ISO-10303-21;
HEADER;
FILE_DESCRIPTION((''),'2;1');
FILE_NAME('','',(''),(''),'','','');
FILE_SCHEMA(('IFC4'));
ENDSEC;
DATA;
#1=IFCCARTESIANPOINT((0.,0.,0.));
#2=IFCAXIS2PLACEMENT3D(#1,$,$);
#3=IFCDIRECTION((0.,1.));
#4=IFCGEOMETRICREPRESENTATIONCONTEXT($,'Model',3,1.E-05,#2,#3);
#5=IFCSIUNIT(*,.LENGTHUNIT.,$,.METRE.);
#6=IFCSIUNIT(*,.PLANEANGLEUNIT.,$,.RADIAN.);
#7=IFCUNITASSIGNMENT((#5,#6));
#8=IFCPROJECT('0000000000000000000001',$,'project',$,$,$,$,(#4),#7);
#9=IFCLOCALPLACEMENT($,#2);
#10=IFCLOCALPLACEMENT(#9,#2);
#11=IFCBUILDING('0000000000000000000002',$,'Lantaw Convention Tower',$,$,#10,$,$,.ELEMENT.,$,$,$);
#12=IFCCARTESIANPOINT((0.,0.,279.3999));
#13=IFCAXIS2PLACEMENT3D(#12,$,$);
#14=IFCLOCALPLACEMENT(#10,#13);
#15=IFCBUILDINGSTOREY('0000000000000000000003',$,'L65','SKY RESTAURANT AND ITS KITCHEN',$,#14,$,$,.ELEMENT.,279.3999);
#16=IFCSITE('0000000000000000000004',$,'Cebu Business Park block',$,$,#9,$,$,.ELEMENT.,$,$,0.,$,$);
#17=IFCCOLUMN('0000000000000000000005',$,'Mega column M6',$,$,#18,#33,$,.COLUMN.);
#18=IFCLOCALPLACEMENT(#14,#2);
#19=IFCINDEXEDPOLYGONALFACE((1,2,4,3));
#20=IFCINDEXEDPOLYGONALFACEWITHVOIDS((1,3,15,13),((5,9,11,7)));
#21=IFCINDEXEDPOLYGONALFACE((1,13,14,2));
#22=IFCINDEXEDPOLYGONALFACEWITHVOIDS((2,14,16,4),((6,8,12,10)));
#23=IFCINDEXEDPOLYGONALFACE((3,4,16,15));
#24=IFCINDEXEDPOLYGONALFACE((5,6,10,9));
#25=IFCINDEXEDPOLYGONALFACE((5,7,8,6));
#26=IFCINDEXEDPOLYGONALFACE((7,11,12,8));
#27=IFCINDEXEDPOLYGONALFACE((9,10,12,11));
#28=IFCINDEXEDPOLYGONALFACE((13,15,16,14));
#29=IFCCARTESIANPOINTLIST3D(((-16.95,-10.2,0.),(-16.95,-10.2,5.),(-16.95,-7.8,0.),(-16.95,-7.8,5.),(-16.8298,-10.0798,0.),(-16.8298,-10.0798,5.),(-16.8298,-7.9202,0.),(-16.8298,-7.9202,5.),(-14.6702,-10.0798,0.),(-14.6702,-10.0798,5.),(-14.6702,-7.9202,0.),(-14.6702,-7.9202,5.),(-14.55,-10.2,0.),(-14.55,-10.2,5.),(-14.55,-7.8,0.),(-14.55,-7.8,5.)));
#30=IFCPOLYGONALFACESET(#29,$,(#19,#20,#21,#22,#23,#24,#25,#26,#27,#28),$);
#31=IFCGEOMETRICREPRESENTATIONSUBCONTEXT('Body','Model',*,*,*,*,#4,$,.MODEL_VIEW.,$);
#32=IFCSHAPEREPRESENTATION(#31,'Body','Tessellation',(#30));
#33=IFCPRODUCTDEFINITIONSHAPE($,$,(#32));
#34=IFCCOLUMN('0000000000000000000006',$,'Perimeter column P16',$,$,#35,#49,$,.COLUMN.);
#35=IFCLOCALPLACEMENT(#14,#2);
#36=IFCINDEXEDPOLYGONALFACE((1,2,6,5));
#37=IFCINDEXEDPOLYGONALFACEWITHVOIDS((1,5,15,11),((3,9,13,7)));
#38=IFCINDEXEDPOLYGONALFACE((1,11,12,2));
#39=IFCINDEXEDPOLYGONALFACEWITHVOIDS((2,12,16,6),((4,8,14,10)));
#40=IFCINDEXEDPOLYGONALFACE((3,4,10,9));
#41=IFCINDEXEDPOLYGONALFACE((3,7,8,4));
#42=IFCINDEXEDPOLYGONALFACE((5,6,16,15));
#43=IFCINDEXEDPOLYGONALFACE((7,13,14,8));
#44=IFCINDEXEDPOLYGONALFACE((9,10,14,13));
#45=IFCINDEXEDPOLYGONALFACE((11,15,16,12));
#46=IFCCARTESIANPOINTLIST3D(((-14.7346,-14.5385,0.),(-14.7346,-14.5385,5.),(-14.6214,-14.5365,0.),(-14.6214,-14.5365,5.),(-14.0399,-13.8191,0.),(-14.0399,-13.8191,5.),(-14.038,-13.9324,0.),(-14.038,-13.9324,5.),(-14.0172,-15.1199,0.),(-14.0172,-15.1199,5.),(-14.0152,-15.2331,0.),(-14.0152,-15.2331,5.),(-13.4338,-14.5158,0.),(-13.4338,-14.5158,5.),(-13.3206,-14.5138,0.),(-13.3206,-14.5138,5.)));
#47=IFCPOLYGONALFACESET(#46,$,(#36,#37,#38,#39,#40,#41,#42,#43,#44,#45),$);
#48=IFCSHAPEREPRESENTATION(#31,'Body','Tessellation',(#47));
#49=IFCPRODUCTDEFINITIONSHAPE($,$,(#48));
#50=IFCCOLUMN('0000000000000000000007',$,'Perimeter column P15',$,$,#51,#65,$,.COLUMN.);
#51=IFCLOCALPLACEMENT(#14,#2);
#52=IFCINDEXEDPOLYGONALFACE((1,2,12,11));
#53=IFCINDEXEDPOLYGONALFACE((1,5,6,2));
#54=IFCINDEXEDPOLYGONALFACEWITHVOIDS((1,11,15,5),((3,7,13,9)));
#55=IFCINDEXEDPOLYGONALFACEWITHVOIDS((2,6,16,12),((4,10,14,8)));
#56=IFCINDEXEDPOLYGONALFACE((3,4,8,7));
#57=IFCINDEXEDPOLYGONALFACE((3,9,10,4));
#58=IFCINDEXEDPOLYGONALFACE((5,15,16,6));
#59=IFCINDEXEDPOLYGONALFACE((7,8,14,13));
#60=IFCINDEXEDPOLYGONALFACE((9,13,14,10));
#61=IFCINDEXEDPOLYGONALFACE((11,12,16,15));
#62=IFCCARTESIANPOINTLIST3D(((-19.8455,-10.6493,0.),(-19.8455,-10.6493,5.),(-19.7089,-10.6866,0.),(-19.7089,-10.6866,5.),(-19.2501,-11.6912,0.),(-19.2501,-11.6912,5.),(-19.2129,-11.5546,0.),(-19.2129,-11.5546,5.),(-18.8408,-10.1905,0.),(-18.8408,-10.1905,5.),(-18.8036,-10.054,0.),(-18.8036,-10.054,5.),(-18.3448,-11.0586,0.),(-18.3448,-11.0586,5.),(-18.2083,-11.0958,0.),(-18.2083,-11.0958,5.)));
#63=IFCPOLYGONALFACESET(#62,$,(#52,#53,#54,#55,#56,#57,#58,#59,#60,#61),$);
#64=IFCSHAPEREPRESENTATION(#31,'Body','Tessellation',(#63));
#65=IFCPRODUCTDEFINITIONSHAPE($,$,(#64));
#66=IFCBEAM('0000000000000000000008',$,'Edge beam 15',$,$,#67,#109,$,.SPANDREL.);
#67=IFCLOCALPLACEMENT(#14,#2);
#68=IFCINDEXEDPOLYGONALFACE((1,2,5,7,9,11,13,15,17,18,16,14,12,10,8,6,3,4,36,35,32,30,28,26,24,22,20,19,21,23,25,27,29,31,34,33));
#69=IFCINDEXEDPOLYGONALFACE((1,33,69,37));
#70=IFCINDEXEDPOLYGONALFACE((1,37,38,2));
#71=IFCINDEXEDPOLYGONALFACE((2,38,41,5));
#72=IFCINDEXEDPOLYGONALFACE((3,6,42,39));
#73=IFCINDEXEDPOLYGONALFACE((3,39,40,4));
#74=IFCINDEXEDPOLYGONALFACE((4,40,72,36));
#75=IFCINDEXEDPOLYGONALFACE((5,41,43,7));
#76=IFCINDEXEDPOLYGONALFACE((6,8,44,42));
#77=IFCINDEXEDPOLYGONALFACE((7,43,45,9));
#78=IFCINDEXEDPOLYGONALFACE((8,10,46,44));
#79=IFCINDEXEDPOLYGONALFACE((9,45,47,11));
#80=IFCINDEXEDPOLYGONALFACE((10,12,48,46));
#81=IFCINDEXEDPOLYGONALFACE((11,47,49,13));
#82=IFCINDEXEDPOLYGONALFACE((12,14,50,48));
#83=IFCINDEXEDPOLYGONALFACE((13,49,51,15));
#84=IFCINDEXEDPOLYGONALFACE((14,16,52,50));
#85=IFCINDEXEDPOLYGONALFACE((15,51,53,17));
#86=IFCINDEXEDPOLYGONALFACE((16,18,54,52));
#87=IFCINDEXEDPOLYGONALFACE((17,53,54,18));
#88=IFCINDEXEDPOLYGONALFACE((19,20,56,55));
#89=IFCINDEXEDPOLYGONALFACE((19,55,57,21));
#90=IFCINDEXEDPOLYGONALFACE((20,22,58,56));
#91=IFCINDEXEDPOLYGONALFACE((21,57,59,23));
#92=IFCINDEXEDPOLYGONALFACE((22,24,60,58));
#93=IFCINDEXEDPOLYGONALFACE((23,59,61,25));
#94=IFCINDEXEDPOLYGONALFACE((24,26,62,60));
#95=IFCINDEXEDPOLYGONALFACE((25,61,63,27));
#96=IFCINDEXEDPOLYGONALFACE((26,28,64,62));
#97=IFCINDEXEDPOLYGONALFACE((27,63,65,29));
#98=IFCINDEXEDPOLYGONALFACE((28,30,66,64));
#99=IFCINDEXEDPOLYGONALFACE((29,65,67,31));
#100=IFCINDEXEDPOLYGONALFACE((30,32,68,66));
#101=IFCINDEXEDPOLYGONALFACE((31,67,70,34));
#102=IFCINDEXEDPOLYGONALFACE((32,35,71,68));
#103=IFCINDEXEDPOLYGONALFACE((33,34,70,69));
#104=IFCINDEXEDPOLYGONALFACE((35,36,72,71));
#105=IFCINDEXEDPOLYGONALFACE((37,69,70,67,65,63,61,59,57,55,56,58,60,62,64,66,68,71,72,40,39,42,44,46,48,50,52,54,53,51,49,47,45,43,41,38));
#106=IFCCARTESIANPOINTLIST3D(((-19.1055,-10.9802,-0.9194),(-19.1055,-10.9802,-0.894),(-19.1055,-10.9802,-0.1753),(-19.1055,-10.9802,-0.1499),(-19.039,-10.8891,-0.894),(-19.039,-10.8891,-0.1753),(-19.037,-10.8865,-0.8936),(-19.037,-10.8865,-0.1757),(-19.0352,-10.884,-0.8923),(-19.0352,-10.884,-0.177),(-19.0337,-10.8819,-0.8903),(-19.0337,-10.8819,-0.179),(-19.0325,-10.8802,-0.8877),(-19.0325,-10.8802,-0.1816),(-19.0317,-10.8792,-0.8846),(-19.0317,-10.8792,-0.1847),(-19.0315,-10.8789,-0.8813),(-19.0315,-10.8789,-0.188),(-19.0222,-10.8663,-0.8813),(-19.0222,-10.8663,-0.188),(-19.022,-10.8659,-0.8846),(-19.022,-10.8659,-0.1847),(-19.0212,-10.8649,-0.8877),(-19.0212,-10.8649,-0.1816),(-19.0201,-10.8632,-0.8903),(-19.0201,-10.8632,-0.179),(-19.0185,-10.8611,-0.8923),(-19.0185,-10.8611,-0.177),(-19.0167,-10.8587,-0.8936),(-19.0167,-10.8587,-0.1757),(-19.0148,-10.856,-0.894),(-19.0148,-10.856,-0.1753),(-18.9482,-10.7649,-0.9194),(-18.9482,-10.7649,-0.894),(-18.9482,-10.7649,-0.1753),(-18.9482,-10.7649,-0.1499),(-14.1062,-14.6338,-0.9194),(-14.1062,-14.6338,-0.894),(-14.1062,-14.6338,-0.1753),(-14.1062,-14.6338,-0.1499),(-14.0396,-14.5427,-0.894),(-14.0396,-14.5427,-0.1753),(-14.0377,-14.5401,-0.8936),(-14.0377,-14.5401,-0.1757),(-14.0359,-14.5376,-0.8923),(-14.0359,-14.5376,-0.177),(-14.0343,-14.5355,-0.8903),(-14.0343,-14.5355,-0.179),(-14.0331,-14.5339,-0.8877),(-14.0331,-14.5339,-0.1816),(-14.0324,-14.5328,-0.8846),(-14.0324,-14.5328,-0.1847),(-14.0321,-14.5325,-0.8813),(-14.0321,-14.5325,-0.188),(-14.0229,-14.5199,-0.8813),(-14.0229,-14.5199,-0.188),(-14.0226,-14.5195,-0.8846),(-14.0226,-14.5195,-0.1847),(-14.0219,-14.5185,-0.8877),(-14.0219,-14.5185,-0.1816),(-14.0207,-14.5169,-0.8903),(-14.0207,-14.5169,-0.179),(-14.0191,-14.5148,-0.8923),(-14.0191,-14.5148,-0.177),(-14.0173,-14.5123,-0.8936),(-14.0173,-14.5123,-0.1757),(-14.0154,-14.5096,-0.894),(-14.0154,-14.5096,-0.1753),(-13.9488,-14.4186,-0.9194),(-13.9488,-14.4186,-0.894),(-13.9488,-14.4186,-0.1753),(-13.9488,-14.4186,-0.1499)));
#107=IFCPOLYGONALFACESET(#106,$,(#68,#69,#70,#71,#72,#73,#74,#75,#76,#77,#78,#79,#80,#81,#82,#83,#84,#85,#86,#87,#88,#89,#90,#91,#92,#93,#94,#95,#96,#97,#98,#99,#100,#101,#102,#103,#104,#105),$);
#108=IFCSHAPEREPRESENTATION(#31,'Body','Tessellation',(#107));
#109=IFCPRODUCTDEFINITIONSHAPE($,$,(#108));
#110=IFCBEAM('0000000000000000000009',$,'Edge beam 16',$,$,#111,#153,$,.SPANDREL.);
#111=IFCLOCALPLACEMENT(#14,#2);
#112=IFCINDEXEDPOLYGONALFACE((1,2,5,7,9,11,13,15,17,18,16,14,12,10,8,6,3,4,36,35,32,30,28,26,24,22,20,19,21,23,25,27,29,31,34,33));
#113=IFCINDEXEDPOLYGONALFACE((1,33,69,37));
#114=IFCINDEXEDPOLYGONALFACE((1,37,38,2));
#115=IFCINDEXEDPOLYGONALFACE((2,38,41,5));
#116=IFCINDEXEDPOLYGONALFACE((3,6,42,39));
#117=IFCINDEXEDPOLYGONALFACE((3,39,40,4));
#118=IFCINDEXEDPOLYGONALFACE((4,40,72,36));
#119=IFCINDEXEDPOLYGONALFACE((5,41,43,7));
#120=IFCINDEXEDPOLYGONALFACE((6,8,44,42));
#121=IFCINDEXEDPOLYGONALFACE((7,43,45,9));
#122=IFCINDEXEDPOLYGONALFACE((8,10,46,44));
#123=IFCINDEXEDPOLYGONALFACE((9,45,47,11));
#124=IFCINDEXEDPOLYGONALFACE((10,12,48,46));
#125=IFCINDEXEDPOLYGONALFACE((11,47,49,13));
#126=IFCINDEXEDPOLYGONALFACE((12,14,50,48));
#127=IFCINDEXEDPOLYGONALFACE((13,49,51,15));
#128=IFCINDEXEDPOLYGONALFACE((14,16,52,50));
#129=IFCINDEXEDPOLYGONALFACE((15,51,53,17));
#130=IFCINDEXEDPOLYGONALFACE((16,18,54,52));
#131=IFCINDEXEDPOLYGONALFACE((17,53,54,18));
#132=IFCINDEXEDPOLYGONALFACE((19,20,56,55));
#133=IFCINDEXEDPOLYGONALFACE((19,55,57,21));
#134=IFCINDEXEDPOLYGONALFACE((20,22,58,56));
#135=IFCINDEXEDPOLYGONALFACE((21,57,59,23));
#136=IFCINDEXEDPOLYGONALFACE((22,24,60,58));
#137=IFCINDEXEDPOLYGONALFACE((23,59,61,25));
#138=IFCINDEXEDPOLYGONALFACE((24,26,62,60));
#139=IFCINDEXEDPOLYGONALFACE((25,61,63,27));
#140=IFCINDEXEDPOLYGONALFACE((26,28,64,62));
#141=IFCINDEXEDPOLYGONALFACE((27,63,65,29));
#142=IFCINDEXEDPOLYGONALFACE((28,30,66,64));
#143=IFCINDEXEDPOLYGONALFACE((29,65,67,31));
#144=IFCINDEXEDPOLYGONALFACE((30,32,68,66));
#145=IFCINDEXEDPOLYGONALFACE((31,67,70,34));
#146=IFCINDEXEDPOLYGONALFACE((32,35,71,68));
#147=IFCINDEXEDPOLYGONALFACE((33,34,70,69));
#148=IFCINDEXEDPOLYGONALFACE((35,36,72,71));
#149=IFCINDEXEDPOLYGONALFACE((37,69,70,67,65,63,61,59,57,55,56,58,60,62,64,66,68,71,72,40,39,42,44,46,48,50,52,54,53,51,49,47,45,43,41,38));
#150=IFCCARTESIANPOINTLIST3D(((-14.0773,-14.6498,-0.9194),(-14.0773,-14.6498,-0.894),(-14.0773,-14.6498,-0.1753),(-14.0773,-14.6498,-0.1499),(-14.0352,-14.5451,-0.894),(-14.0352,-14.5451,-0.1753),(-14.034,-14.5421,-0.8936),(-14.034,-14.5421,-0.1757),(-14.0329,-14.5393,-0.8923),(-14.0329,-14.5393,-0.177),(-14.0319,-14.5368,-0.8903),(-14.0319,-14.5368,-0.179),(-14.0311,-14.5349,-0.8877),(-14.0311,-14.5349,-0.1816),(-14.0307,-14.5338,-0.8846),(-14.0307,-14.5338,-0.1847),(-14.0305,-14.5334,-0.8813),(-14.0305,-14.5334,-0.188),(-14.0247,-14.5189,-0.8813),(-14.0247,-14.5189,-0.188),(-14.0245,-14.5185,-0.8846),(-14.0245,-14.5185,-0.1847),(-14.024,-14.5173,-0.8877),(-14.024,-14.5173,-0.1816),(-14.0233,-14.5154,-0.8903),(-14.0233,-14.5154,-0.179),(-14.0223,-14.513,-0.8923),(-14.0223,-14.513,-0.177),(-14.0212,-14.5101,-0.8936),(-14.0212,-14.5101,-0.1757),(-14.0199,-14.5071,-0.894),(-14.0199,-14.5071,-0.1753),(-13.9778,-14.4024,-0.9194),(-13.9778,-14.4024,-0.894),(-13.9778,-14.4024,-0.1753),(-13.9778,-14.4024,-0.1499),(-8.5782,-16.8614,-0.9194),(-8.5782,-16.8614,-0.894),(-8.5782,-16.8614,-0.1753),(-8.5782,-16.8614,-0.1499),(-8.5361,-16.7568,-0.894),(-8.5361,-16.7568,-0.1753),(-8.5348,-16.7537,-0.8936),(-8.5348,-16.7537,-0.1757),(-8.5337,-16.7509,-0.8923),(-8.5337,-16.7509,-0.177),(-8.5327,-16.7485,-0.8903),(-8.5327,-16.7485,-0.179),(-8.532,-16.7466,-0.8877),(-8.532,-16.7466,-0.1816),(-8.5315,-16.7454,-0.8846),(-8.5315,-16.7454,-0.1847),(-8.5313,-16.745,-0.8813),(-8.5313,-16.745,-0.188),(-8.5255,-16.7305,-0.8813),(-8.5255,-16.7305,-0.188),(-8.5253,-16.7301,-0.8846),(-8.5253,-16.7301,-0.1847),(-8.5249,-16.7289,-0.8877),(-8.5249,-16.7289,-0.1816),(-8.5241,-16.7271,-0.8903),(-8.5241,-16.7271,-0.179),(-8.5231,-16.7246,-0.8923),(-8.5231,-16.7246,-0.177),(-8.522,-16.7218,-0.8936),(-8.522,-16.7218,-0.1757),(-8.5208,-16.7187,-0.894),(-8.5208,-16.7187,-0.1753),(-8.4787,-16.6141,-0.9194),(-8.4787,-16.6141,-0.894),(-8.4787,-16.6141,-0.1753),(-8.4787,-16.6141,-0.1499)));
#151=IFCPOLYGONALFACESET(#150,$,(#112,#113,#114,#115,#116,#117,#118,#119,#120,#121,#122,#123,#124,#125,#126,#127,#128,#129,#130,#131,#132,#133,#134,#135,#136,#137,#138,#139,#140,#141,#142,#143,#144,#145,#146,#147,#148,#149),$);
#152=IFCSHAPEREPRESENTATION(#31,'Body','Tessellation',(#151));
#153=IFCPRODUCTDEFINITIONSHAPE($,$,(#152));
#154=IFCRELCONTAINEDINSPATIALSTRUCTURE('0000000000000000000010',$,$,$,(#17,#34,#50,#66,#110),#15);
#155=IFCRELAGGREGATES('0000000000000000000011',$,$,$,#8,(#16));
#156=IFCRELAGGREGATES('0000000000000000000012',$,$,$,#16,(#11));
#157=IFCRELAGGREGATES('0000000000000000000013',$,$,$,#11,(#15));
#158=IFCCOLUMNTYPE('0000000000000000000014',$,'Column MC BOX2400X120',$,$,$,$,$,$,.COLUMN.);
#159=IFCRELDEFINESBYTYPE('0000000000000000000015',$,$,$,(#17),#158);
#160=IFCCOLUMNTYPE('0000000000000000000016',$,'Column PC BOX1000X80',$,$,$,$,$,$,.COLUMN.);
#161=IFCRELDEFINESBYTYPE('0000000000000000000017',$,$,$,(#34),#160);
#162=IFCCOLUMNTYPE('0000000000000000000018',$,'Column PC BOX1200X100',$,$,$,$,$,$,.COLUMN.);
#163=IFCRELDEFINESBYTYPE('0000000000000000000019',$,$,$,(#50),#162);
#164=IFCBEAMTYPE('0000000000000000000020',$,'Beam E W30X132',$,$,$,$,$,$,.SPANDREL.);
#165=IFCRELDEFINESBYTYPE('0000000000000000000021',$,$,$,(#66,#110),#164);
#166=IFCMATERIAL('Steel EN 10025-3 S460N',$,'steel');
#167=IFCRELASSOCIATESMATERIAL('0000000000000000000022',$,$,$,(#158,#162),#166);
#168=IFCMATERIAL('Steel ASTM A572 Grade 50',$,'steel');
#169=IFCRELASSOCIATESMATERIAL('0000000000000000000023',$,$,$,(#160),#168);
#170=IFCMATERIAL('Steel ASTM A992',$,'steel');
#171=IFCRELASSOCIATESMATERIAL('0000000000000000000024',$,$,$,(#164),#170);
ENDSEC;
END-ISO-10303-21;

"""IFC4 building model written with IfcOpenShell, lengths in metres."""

from ifc_helpers import new_model, si_unit, direction, frame, origin, origin_2d, place, context, subcontext, project, spatial, rectangle, hollow_rectangle, i_section, extrude, material, material_profile, profile_set, type_object, element, save


model = new_model("IFC4")

# Units and contexts
model_context = context("Model", 3, precision=1e-05, world=origin(), true_north=direction((0.0, 1.0)))
body_context = subcontext(model_context, "Body", "Model", "MODEL_VIEW")
ifc_project = project(units=[si_unit("LENGTHUNIT", "METRE"), si_unit("PLANEANGLEUNIT", "RADIAN")], contexts=[model_context])

# Site, building, storey
site_placement = place(None, origin())
site = spatial("IfcSite", under=ifc_project, at=site_placement, Name="Cebu Business Park block", CompositionType="ELEMENT", RefElevation=0.0)
building_placement = place(site_placement, origin())
building = spatial("IfcBuilding", under=site, at=building_placement, Name="Lantaw Convention Tower", CompositionType="ELEMENT")
storey_placement = place(building_placement, frame((0.0, 0.0, 279.3999)))
storey = spatial("IfcBuildingStorey", under=building, at=storey_placement, Name="L65", Description="SKY RESTAURANT AND ITS KITCHEN", CompositionType="ELEMENT", Elevation=279.3999)

# Columns
ifc_material_1 = material(Name="Steel EN 10025-3 S460N", Category="steel")
ifc_material_profile_1 = material_profile(ifc_material_1, hollow_rectangle(XDim=2.3999, YDim=2.3999, WallThickness=0.1201, at=origin_2d()), Name="BOX2400X120")
ifc_material_2 = material(Name="Concrete C60/75", Category="concrete")
ifc_material_profile_2 = material_profile(ifc_material_2, rectangle(XDim=2.1599, YDim=2.1599, at=origin_2d()), Name="Concrete fill of BOX2400X120")
ifc_profile_set_1 = profile_set([ifc_material_profile_1, ifc_material_profile_2], Name="Steel EN 10025-3 S460N")
column_type_1 = type_object("IfcColumnType", Name="Column MC BOX2400X120", PredefinedType="COLUMN", material=ifc_profile_set_1)
column_1_placement = place(storey_placement, frame((-15.75, -9.0, 0.0), z_axis=(0.0, 0.0, 1.0), x_axis=(1.0, 0.0, 0.0)))
element("IfcColumn", 1, at=column_1_placement, inside=storey, type_object=column_type_1, Name="Mega column M6", PredefinedType="COLUMN", context=body_context, shape_type="SweptSolid", body=[
    extrude(hollow_rectangle(XDim=2.3999, YDim=2.3999, WallThickness=0.1201, at=origin_2d()), origin(), (0.0, 0.0, 1.0), 5.0),
])
ifc_material_3 = material(Name="Steel ASTM A572 Grade 50", Category="steel")
ifc_material_profile_3 = material_profile(ifc_material_3, hollow_rectangle(XDim=1.0, YDim=1.0, WallThickness=0.0801, at=origin_2d()), Name="BOX1000X80")
ifc_material_profile_4 = material_profile(ifc_material_2, rectangle(XDim=0.8401, YDim=0.8401, at=origin_2d()), Name="Concrete fill of BOX1000X80")
ifc_profile_set_2 = profile_set([ifc_material_profile_3, ifc_material_profile_4], Name="Steel ASTM A572 Grade 50")
column_type_2 = type_object("IfcColumnType", Name="Column PC BOX1000X80", PredefinedType="COLUMN", material=ifc_profile_set_2)
column_2_placement = place(storey_placement, frame((-14.0276, -14.5261, 0.0), z_axis=(0.0, 0.0, 1.0), x_axis=(0.694658, 0.71934, 0.0)))
element("IfcColumn", 2, at=column_2_placement, inside=storey, type_object=column_type_2, Name="Perimeter column P16", PredefinedType="COLUMN", context=body_context, shape_type="SweptSolid", body=[
    extrude(hollow_rectangle(XDim=1.0, YDim=1.0, WallThickness=0.0801, at=origin_2d()), origin(), (0.0, 0.0, 1.0), 5.0),
])
ifc_material_profile_5 = material_profile(ifc_material_1, hollow_rectangle(XDim=1.2, YDim=1.2, WallThickness=0.1001, at=origin_2d()), Name="BOX1200X100")
ifc_material_profile_6 = material_profile(ifc_material_2, rectangle(XDim=1.0, YDim=1.0, at=origin_2d()), Name="Concrete fill of BOX1200X100")
ifc_profile_set_3 = profile_set([ifc_material_profile_5, ifc_material_profile_6], Name="Steel EN 10025-3 S460N")
column_type_3 = type_object("IfcColumnType", Name="Column PC BOX1200X100", PredefinedType="COLUMN", material=ifc_profile_set_3)
column_3_placement = place(storey_placement, frame((-19.0269, -10.8726, 0.0), z_axis=(0.0, 0.0, 1.0), x_axis=(0.868243, 0.496139, 0.0)))
element("IfcColumn", 3, at=column_3_placement, inside=storey, type_object=column_type_3, Name="Perimeter column P15", PredefinedType="COLUMN", context=body_context, shape_type="SweptSolid", body=[
    extrude(hollow_rectangle(XDim=1.2, YDim=1.2, WallThickness=0.1001, at=origin_2d()), origin(), (0.0, 0.0, 1.0), 5.0),
])

# Beams
ifc_material_4 = material(Name="Steel ASTM A992", Category="steel")
ifc_material_profile_7 = material_profile(ifc_material_4, i_section(OverallWidth=0.2666, OverallDepth=0.7695, WebThickness=0.0156, FlangeThickness=0.0254, FilletRadius=0.0127, at=origin_2d()), Name="W30X132")
ifc_profile_set_4 = profile_set([ifc_material_profile_7], Name="Steel ASTM A992")
beam_type_1 = type_object("IfcBeamType", Name="Beam E W30X132", PredefinedType="SPANDREL", material=ifc_profile_set_4)
beam_1_placement = place(storey_placement, frame((-19.0269, -10.8726, -0.5347), z_axis=(0.807372, -0.590043, 0.0), x_axis=(0.590043, 0.807372, 0.0)))
element("IfcBeam", 4, at=beam_1_placement, inside=storey, type_object=beam_type_1, Name="Edge beam 15", PredefinedType="SPANDREL", context=body_context, shape_type="SweptSolid", body=[
    extrude(i_section(OverallWidth=0.2666, OverallDepth=0.7695, WebThickness=0.0156, FlangeThickness=0.0254, FilletRadius=0.0127, at=origin_2d()), origin(), (0.0, 0.0, 1.0), 6.1921),
])
beam_2_placement = place(storey_placement, frame((-14.0276, -14.5261, -0.5347), z_axis=(0.927779, -0.37313, 0.0), x_axis=(0.37313, 0.927779, 0.0)))
element("IfcBeam", 5, at=beam_2_placement, inside=storey, type_object=beam_type_1, Name="Edge beam 16", PredefinedType="SPANDREL", context=body_context, shape_type="SweptSolid", body=[
    extrude(i_section(OverallWidth=0.2666, OverallDepth=0.7695, WebThickness=0.0156, FlangeThickness=0.0254, FilletRadius=0.0127, at=origin_2d()), origin(), (0.0, 0.0, 1.0), 5.9272),
])

save(model, "model.ifc")
